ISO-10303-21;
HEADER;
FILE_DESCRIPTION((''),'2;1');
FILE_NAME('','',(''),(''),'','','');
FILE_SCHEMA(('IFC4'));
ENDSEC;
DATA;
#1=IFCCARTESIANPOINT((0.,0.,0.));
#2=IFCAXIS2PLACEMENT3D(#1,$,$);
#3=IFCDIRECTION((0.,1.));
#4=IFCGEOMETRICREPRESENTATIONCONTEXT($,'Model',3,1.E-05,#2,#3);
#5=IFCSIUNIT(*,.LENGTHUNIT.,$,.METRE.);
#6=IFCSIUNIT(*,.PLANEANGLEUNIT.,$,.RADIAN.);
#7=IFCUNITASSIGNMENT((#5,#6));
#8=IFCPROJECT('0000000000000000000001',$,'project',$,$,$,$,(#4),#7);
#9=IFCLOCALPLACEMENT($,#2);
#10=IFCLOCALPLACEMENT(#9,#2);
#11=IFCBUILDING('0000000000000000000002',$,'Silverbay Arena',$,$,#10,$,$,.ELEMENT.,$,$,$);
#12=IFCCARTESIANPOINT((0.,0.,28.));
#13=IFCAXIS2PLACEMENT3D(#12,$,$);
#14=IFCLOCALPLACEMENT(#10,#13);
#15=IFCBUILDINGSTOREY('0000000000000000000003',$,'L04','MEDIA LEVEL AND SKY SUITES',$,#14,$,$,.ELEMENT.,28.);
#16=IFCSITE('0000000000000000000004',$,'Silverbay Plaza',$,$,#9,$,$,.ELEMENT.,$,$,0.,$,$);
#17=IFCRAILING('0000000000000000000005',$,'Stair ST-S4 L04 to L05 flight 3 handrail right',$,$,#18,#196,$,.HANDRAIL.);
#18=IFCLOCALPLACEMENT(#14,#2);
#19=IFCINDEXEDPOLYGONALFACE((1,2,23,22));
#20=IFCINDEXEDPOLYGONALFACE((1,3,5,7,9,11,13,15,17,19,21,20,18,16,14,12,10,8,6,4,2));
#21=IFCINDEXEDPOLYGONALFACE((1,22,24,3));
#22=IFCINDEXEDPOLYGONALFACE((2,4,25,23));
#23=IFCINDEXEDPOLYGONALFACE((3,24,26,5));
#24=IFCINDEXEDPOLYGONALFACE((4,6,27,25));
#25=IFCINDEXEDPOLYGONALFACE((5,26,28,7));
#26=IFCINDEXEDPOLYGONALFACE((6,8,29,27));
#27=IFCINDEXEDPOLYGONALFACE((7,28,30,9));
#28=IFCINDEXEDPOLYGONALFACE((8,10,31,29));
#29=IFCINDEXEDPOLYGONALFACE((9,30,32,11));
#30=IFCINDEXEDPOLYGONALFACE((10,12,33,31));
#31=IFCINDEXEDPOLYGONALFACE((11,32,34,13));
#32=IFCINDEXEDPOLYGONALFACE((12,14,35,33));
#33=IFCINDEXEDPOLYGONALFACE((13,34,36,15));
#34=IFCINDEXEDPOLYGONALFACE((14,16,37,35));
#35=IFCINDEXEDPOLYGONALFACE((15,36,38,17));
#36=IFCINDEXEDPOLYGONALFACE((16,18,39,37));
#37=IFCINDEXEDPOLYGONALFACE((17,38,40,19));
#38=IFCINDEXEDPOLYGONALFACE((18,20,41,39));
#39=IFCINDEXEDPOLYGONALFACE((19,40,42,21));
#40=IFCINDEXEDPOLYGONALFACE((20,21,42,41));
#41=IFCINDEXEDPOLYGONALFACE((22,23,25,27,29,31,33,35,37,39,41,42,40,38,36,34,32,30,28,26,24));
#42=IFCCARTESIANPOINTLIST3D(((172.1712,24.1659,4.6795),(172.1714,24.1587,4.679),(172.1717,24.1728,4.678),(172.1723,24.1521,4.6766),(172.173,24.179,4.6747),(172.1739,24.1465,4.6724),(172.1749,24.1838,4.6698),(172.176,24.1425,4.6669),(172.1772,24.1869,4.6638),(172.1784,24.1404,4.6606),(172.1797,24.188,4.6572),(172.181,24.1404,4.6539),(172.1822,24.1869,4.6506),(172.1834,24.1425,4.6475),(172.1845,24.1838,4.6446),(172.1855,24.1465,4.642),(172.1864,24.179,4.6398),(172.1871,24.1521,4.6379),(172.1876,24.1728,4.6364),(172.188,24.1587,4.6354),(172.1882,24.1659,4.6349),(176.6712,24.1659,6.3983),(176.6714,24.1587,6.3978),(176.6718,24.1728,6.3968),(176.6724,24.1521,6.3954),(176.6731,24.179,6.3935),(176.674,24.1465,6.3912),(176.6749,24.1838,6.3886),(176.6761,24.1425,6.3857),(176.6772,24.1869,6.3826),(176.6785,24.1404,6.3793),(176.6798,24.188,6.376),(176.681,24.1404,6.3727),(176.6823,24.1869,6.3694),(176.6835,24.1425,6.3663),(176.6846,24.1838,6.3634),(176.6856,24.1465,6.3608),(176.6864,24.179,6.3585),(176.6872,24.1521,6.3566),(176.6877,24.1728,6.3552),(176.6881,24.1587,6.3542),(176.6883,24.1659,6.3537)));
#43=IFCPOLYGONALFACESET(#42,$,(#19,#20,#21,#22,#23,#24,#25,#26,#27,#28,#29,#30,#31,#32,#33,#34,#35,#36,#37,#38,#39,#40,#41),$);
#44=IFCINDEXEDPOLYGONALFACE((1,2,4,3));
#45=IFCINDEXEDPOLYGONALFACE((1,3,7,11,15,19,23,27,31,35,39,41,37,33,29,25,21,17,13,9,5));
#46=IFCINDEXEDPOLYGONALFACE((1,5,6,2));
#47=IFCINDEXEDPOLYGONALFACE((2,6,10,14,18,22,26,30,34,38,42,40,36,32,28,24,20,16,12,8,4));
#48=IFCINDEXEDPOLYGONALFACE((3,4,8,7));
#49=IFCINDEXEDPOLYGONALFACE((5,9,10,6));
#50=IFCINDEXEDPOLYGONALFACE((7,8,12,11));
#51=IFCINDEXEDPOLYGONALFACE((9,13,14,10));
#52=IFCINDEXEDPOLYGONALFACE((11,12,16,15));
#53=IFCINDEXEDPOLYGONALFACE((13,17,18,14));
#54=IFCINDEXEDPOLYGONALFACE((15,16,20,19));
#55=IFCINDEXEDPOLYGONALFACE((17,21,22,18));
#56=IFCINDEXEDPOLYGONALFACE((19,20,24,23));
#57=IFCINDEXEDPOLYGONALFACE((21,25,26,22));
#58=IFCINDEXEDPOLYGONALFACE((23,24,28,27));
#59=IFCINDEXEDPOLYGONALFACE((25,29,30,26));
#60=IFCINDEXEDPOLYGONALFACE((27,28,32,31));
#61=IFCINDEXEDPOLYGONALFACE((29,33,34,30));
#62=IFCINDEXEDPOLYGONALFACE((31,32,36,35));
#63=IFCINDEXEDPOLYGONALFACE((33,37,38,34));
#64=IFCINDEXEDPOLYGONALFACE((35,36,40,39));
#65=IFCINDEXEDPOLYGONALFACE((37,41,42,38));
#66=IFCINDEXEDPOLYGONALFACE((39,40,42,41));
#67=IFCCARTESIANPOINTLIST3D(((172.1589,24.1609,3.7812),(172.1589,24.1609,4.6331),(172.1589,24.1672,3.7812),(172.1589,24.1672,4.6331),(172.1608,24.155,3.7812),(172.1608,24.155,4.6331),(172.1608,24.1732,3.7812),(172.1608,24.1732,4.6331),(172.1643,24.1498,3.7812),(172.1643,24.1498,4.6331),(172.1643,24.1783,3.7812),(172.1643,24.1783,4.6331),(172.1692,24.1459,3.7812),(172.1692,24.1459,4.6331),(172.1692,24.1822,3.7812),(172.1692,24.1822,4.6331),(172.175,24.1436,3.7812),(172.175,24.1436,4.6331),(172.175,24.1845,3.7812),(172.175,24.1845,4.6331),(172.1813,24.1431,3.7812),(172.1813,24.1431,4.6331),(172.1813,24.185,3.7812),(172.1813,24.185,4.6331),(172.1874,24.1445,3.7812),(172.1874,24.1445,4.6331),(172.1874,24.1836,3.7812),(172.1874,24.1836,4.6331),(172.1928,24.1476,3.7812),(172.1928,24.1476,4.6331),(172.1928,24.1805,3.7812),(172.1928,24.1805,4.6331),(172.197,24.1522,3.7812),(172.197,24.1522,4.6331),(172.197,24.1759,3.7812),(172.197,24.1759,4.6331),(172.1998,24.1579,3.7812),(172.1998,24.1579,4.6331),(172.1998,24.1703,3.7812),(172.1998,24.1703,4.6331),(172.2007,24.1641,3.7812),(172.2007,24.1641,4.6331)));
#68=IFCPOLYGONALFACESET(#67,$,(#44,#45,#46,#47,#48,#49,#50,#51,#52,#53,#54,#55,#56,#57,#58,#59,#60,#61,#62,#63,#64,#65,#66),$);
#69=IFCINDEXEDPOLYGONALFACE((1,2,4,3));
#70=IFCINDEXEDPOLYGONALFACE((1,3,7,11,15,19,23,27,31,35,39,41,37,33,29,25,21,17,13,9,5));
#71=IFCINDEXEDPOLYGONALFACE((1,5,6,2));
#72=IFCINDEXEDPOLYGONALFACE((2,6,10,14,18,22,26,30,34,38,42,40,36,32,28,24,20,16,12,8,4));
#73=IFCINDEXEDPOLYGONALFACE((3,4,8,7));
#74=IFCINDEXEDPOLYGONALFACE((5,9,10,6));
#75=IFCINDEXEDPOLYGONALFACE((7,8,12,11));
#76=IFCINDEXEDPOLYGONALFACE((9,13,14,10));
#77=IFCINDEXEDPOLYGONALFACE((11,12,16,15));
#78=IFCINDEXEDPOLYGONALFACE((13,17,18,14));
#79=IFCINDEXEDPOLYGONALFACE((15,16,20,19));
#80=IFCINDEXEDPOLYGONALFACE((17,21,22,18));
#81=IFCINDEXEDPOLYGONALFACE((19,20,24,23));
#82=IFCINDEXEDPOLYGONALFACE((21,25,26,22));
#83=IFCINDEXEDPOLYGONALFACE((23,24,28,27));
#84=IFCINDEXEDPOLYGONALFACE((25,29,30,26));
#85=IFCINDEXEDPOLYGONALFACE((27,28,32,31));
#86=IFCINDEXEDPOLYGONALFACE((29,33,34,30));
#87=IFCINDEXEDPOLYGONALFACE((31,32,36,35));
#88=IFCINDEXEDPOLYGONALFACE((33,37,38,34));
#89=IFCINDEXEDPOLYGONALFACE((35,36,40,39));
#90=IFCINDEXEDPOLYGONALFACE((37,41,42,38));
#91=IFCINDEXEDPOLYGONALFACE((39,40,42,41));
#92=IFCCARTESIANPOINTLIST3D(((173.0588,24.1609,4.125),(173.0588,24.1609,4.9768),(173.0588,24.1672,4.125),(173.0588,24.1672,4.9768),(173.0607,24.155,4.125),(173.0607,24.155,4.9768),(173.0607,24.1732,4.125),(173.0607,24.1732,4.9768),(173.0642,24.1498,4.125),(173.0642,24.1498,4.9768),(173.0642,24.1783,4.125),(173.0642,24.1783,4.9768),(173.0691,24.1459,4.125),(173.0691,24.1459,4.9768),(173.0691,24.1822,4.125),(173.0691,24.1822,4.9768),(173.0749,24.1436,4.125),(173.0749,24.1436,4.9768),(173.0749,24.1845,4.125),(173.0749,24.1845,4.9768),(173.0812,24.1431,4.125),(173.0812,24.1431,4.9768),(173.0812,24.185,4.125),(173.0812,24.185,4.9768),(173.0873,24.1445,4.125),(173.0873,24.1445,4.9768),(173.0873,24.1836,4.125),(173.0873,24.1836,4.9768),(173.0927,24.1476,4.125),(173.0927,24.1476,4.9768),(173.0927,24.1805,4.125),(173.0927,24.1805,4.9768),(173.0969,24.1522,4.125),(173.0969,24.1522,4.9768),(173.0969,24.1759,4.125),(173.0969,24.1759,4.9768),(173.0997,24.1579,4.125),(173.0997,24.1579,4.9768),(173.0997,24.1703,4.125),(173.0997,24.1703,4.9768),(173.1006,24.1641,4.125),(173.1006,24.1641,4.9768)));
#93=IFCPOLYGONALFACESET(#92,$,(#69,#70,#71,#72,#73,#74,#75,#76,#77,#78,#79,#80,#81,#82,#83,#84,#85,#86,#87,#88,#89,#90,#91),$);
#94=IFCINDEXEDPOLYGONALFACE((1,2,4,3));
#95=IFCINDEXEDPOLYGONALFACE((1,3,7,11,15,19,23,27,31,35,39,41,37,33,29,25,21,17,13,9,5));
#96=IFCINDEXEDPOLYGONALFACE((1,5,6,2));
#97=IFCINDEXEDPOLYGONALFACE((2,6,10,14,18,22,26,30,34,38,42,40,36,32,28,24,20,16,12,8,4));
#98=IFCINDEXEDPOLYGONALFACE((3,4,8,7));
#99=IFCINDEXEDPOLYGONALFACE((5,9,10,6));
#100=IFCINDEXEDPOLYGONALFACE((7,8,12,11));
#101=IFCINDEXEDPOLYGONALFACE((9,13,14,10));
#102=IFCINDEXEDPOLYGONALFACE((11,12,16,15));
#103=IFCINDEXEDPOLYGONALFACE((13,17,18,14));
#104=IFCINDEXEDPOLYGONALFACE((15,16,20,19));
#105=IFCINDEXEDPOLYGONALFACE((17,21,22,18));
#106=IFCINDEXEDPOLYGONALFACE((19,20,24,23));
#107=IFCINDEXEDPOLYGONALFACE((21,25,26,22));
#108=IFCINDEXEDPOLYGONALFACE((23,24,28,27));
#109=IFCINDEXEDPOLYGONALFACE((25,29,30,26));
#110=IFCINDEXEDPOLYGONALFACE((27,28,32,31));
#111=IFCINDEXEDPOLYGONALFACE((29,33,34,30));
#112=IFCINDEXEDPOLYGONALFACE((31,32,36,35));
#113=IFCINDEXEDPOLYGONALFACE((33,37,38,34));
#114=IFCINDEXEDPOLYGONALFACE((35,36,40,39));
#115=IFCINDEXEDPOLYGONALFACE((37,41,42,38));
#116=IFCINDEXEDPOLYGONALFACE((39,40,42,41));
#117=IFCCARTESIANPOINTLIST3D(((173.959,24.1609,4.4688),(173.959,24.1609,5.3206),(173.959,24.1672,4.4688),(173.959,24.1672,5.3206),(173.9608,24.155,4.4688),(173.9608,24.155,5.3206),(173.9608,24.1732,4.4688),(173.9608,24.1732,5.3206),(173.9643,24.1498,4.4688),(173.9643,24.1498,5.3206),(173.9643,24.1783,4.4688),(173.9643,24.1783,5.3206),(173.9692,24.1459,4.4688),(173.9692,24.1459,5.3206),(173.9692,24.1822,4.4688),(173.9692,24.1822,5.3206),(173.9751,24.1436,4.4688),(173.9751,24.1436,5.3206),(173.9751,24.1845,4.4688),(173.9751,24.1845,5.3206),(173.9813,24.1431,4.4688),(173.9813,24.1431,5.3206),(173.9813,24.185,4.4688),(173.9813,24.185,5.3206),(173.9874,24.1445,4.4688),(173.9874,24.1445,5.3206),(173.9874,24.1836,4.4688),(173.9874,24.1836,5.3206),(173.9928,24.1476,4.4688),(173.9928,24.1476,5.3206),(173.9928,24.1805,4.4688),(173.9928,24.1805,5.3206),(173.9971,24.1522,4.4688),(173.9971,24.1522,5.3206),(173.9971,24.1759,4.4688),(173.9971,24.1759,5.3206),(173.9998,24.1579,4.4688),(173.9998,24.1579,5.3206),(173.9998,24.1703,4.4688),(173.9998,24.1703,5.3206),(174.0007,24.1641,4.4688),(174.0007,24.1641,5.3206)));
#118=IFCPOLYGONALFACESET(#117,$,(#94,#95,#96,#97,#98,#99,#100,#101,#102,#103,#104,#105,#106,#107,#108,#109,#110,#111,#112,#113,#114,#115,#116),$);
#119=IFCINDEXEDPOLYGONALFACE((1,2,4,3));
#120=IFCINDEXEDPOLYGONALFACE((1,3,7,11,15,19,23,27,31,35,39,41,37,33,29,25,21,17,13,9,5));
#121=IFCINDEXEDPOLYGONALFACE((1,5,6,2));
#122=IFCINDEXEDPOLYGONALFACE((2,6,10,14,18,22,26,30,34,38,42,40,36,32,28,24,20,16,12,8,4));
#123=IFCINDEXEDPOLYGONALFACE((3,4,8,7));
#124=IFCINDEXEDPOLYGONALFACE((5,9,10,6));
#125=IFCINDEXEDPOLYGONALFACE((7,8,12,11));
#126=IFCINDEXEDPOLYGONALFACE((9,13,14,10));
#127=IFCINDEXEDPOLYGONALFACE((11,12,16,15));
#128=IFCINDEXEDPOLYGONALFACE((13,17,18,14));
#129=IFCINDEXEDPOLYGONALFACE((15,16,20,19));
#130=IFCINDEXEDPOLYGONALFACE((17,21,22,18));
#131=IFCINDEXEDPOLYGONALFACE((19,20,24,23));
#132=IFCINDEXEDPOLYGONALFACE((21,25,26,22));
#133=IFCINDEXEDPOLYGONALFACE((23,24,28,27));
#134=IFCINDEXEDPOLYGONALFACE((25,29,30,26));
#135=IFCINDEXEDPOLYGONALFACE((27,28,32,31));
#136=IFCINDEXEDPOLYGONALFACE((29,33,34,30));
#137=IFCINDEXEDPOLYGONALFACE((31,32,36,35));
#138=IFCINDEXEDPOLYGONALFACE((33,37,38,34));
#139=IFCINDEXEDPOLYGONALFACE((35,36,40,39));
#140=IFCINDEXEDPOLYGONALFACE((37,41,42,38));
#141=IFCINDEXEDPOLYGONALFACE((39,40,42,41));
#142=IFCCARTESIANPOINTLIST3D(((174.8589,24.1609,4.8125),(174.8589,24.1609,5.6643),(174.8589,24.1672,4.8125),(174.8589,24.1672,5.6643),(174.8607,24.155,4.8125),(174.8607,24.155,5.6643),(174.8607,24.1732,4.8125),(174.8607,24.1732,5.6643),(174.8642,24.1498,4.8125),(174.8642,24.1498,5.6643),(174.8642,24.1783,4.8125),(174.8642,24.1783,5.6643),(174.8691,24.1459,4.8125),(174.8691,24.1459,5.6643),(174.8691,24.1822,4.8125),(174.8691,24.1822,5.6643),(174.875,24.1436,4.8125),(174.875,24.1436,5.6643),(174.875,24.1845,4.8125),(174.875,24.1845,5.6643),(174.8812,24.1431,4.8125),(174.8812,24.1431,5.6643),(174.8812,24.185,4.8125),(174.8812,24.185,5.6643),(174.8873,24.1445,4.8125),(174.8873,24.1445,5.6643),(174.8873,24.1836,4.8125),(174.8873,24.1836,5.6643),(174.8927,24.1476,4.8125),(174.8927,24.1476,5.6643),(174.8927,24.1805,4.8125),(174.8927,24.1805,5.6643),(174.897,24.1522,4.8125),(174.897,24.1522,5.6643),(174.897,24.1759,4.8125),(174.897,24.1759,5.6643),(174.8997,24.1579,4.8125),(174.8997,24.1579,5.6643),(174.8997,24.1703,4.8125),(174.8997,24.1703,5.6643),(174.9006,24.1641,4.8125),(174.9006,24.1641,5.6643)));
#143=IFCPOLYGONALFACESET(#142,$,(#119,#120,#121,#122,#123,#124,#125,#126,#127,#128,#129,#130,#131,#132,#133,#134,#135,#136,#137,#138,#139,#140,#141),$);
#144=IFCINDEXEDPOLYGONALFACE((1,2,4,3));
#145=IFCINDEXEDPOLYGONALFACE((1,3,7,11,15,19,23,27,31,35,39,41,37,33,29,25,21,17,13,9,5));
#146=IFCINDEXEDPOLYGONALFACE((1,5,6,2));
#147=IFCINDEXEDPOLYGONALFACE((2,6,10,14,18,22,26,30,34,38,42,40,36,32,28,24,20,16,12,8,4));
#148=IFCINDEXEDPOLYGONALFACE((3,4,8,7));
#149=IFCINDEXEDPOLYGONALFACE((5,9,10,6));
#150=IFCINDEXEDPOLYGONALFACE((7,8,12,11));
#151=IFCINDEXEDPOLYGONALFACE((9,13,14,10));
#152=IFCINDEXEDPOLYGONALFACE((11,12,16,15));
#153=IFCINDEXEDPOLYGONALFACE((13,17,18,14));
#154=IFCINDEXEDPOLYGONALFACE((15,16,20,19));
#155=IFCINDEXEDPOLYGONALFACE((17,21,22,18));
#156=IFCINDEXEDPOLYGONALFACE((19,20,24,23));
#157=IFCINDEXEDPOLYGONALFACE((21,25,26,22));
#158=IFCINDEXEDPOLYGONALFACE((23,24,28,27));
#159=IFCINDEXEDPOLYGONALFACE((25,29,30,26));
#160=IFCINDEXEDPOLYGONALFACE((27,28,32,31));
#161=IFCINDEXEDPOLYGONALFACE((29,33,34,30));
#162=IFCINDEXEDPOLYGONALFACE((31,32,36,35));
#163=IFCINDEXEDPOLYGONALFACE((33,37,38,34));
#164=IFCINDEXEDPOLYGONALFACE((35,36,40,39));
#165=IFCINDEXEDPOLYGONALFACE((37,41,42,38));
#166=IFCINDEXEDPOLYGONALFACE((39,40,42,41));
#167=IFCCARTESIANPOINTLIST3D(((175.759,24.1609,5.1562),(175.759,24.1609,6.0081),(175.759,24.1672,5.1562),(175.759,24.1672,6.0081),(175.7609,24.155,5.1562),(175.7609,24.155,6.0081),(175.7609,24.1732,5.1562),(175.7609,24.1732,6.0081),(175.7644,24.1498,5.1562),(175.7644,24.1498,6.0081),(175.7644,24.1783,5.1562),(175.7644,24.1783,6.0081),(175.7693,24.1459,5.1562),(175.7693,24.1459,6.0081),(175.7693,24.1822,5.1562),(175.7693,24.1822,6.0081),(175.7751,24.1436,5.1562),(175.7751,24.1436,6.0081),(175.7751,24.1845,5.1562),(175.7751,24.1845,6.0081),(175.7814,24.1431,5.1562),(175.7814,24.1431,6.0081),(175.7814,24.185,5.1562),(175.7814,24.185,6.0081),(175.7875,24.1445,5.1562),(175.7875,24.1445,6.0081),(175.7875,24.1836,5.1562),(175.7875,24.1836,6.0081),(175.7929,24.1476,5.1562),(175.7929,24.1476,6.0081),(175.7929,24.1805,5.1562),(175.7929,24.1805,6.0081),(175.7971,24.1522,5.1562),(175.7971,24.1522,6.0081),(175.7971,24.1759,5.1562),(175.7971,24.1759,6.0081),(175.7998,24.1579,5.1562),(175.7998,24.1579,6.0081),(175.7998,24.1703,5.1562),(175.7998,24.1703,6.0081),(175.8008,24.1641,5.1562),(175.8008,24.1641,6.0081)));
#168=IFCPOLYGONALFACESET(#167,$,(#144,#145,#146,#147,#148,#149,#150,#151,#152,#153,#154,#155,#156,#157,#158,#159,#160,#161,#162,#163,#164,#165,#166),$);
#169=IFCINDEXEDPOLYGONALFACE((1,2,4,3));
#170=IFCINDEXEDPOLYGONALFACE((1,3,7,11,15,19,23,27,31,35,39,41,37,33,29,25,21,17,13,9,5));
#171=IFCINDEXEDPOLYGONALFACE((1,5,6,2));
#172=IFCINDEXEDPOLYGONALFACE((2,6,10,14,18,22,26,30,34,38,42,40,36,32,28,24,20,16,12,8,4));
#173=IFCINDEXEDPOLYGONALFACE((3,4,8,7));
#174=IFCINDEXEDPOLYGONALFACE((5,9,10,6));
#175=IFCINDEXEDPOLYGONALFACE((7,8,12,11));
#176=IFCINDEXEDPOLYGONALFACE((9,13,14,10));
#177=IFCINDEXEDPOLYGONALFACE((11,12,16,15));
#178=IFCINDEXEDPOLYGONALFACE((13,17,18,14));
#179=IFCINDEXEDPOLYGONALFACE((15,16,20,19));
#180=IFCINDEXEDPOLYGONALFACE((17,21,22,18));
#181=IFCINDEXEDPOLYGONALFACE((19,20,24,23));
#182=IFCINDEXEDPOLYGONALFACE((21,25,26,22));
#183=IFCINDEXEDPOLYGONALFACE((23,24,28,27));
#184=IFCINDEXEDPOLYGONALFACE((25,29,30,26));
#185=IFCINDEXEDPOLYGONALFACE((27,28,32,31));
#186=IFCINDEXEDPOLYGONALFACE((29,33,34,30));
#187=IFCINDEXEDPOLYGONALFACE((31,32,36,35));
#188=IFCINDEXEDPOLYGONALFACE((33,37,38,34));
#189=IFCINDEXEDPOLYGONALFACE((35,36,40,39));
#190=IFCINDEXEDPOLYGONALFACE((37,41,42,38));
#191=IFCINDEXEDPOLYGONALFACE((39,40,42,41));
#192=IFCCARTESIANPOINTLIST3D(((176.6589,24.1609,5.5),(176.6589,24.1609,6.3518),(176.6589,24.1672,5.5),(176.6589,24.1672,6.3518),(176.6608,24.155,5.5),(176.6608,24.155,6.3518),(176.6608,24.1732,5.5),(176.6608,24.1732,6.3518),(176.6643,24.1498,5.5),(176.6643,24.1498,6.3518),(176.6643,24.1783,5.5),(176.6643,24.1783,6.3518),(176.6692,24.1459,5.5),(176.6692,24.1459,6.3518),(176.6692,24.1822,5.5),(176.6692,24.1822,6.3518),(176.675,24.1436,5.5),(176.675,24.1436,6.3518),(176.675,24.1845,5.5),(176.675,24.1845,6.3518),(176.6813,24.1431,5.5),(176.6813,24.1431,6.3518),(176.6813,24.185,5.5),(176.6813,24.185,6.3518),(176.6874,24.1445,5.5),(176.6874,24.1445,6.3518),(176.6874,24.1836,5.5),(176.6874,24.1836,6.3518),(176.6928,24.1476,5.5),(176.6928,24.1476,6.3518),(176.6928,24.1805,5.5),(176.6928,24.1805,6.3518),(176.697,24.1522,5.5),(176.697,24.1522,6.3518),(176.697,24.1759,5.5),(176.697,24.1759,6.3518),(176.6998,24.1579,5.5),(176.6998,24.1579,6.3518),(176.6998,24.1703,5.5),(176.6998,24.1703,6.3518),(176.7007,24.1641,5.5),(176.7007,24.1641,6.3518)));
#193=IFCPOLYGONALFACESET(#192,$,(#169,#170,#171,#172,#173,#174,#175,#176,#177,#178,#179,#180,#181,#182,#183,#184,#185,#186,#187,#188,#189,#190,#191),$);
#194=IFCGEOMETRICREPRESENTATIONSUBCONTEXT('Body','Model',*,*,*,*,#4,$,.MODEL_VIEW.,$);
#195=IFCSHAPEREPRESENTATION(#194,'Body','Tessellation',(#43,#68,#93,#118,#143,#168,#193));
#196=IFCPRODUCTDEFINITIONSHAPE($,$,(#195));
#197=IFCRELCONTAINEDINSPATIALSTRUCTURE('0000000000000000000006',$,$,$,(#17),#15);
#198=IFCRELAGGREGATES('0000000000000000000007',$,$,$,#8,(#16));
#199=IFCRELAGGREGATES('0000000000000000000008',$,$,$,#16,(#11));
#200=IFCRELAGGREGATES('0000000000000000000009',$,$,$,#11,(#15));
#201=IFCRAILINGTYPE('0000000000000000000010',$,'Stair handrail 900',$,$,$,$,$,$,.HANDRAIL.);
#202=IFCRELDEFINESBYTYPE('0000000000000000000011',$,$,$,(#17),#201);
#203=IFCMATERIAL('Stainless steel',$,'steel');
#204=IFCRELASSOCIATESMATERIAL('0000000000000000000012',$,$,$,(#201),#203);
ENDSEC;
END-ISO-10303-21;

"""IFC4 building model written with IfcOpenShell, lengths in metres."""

from ifc_helpers import new_model, si_unit, direction, frame, origin, origin_2d, place, context, subcontext, project, spatial, circle, extrude, material, type_object, element, save


model = new_model("IFC4")

# Units and contexts
model_context = context("Model", 3, precision=1e-05, world=origin(), true_north=direction((0.0, 1.0)))
body_context = subcontext(model_context, "Body", "Model", "MODEL_VIEW")
ifc_project = project(units=[si_unit("LENGTHUNIT", "METRE"), si_unit("PLANEANGLEUNIT", "RADIAN")], contexts=[model_context])

# Site, building, storey
site_placement = place(None, origin())
site = spatial("IfcSite", under=ifc_project, at=site_placement, Name="Silverbay Plaza", CompositionType="ELEMENT", RefElevation=0.0)
building_placement = place(site_placement, origin())
building = spatial("IfcBuilding", under=site, at=building_placement, Name="Silverbay Arena", CompositionType="ELEMENT")
storey_placement = place(building_placement, frame((0.0, 0.0, 28.0)))
storey = spatial("IfcBuildingStorey", under=building, at=storey_placement, Name="L04", Description="MEDIA LEVEL AND SKY SUITES", CompositionType="ELEMENT", Elevation=28.0)

# Railing
ifc_material_1 = material(Name="Stainless steel", Category="steel")
railing_type_1 = type_object("IfcRailingType", Name="Stair handrail 900", PredefinedType="HANDRAIL", material=ifc_material_1)
railing_1_placement = place(storey_placement, frame((172.1797, 24.1641, 3.7812)))
element("IfcRailing", 1, at=railing_1_placement, inside=storey, type_object=railing_type_1, Name="Stair ST-S4 L04 to L05 flight 3 handrail right", PredefinedType="HANDRAIL", context=body_context, shape_type="SweptSolid", body=[
    extrude(circle(Radius=0.0239, at=origin_2d()), frame((0.0, 0.0, 0.876), z_axis=(0.934179, 0.0, 0.356805), x_axis=(0.0, 1.0, 0.0)), (0.0, 0.0, 1.0), 4.8171),
    extrude(circle(Radius=0.021, at=origin_2d()), origin(), (0.0, 0.0, 1.0), 0.8518),
    extrude(circle(Radius=0.021, at=origin_2d()), frame((0.8999, 0.0, 0.3438)), (0.0, 0.0, 1.0), 0.8518),
    extrude(circle(Radius=0.021, at=origin_2d()), frame((1.8, 0.0, 0.6875)), (0.0, 0.0, 1.0), 0.8518),
    extrude(circle(Radius=0.021, at=origin_2d()), frame((2.7, 0.0, 1.0312)), (0.0, 0.0, 1.0), 0.8518),
    extrude(circle(Radius=0.021, at=origin_2d()), frame((3.6001, 0.0, 1.375)), (0.0, 0.0, 1.0), 0.8518),
    extrude(circle(Radius=0.021, at=origin_2d()), frame((4.5, 0.0, 1.7188)), (0.0, 0.0, 1.0), 0.8518),
])

save(model, "model.ifc")
